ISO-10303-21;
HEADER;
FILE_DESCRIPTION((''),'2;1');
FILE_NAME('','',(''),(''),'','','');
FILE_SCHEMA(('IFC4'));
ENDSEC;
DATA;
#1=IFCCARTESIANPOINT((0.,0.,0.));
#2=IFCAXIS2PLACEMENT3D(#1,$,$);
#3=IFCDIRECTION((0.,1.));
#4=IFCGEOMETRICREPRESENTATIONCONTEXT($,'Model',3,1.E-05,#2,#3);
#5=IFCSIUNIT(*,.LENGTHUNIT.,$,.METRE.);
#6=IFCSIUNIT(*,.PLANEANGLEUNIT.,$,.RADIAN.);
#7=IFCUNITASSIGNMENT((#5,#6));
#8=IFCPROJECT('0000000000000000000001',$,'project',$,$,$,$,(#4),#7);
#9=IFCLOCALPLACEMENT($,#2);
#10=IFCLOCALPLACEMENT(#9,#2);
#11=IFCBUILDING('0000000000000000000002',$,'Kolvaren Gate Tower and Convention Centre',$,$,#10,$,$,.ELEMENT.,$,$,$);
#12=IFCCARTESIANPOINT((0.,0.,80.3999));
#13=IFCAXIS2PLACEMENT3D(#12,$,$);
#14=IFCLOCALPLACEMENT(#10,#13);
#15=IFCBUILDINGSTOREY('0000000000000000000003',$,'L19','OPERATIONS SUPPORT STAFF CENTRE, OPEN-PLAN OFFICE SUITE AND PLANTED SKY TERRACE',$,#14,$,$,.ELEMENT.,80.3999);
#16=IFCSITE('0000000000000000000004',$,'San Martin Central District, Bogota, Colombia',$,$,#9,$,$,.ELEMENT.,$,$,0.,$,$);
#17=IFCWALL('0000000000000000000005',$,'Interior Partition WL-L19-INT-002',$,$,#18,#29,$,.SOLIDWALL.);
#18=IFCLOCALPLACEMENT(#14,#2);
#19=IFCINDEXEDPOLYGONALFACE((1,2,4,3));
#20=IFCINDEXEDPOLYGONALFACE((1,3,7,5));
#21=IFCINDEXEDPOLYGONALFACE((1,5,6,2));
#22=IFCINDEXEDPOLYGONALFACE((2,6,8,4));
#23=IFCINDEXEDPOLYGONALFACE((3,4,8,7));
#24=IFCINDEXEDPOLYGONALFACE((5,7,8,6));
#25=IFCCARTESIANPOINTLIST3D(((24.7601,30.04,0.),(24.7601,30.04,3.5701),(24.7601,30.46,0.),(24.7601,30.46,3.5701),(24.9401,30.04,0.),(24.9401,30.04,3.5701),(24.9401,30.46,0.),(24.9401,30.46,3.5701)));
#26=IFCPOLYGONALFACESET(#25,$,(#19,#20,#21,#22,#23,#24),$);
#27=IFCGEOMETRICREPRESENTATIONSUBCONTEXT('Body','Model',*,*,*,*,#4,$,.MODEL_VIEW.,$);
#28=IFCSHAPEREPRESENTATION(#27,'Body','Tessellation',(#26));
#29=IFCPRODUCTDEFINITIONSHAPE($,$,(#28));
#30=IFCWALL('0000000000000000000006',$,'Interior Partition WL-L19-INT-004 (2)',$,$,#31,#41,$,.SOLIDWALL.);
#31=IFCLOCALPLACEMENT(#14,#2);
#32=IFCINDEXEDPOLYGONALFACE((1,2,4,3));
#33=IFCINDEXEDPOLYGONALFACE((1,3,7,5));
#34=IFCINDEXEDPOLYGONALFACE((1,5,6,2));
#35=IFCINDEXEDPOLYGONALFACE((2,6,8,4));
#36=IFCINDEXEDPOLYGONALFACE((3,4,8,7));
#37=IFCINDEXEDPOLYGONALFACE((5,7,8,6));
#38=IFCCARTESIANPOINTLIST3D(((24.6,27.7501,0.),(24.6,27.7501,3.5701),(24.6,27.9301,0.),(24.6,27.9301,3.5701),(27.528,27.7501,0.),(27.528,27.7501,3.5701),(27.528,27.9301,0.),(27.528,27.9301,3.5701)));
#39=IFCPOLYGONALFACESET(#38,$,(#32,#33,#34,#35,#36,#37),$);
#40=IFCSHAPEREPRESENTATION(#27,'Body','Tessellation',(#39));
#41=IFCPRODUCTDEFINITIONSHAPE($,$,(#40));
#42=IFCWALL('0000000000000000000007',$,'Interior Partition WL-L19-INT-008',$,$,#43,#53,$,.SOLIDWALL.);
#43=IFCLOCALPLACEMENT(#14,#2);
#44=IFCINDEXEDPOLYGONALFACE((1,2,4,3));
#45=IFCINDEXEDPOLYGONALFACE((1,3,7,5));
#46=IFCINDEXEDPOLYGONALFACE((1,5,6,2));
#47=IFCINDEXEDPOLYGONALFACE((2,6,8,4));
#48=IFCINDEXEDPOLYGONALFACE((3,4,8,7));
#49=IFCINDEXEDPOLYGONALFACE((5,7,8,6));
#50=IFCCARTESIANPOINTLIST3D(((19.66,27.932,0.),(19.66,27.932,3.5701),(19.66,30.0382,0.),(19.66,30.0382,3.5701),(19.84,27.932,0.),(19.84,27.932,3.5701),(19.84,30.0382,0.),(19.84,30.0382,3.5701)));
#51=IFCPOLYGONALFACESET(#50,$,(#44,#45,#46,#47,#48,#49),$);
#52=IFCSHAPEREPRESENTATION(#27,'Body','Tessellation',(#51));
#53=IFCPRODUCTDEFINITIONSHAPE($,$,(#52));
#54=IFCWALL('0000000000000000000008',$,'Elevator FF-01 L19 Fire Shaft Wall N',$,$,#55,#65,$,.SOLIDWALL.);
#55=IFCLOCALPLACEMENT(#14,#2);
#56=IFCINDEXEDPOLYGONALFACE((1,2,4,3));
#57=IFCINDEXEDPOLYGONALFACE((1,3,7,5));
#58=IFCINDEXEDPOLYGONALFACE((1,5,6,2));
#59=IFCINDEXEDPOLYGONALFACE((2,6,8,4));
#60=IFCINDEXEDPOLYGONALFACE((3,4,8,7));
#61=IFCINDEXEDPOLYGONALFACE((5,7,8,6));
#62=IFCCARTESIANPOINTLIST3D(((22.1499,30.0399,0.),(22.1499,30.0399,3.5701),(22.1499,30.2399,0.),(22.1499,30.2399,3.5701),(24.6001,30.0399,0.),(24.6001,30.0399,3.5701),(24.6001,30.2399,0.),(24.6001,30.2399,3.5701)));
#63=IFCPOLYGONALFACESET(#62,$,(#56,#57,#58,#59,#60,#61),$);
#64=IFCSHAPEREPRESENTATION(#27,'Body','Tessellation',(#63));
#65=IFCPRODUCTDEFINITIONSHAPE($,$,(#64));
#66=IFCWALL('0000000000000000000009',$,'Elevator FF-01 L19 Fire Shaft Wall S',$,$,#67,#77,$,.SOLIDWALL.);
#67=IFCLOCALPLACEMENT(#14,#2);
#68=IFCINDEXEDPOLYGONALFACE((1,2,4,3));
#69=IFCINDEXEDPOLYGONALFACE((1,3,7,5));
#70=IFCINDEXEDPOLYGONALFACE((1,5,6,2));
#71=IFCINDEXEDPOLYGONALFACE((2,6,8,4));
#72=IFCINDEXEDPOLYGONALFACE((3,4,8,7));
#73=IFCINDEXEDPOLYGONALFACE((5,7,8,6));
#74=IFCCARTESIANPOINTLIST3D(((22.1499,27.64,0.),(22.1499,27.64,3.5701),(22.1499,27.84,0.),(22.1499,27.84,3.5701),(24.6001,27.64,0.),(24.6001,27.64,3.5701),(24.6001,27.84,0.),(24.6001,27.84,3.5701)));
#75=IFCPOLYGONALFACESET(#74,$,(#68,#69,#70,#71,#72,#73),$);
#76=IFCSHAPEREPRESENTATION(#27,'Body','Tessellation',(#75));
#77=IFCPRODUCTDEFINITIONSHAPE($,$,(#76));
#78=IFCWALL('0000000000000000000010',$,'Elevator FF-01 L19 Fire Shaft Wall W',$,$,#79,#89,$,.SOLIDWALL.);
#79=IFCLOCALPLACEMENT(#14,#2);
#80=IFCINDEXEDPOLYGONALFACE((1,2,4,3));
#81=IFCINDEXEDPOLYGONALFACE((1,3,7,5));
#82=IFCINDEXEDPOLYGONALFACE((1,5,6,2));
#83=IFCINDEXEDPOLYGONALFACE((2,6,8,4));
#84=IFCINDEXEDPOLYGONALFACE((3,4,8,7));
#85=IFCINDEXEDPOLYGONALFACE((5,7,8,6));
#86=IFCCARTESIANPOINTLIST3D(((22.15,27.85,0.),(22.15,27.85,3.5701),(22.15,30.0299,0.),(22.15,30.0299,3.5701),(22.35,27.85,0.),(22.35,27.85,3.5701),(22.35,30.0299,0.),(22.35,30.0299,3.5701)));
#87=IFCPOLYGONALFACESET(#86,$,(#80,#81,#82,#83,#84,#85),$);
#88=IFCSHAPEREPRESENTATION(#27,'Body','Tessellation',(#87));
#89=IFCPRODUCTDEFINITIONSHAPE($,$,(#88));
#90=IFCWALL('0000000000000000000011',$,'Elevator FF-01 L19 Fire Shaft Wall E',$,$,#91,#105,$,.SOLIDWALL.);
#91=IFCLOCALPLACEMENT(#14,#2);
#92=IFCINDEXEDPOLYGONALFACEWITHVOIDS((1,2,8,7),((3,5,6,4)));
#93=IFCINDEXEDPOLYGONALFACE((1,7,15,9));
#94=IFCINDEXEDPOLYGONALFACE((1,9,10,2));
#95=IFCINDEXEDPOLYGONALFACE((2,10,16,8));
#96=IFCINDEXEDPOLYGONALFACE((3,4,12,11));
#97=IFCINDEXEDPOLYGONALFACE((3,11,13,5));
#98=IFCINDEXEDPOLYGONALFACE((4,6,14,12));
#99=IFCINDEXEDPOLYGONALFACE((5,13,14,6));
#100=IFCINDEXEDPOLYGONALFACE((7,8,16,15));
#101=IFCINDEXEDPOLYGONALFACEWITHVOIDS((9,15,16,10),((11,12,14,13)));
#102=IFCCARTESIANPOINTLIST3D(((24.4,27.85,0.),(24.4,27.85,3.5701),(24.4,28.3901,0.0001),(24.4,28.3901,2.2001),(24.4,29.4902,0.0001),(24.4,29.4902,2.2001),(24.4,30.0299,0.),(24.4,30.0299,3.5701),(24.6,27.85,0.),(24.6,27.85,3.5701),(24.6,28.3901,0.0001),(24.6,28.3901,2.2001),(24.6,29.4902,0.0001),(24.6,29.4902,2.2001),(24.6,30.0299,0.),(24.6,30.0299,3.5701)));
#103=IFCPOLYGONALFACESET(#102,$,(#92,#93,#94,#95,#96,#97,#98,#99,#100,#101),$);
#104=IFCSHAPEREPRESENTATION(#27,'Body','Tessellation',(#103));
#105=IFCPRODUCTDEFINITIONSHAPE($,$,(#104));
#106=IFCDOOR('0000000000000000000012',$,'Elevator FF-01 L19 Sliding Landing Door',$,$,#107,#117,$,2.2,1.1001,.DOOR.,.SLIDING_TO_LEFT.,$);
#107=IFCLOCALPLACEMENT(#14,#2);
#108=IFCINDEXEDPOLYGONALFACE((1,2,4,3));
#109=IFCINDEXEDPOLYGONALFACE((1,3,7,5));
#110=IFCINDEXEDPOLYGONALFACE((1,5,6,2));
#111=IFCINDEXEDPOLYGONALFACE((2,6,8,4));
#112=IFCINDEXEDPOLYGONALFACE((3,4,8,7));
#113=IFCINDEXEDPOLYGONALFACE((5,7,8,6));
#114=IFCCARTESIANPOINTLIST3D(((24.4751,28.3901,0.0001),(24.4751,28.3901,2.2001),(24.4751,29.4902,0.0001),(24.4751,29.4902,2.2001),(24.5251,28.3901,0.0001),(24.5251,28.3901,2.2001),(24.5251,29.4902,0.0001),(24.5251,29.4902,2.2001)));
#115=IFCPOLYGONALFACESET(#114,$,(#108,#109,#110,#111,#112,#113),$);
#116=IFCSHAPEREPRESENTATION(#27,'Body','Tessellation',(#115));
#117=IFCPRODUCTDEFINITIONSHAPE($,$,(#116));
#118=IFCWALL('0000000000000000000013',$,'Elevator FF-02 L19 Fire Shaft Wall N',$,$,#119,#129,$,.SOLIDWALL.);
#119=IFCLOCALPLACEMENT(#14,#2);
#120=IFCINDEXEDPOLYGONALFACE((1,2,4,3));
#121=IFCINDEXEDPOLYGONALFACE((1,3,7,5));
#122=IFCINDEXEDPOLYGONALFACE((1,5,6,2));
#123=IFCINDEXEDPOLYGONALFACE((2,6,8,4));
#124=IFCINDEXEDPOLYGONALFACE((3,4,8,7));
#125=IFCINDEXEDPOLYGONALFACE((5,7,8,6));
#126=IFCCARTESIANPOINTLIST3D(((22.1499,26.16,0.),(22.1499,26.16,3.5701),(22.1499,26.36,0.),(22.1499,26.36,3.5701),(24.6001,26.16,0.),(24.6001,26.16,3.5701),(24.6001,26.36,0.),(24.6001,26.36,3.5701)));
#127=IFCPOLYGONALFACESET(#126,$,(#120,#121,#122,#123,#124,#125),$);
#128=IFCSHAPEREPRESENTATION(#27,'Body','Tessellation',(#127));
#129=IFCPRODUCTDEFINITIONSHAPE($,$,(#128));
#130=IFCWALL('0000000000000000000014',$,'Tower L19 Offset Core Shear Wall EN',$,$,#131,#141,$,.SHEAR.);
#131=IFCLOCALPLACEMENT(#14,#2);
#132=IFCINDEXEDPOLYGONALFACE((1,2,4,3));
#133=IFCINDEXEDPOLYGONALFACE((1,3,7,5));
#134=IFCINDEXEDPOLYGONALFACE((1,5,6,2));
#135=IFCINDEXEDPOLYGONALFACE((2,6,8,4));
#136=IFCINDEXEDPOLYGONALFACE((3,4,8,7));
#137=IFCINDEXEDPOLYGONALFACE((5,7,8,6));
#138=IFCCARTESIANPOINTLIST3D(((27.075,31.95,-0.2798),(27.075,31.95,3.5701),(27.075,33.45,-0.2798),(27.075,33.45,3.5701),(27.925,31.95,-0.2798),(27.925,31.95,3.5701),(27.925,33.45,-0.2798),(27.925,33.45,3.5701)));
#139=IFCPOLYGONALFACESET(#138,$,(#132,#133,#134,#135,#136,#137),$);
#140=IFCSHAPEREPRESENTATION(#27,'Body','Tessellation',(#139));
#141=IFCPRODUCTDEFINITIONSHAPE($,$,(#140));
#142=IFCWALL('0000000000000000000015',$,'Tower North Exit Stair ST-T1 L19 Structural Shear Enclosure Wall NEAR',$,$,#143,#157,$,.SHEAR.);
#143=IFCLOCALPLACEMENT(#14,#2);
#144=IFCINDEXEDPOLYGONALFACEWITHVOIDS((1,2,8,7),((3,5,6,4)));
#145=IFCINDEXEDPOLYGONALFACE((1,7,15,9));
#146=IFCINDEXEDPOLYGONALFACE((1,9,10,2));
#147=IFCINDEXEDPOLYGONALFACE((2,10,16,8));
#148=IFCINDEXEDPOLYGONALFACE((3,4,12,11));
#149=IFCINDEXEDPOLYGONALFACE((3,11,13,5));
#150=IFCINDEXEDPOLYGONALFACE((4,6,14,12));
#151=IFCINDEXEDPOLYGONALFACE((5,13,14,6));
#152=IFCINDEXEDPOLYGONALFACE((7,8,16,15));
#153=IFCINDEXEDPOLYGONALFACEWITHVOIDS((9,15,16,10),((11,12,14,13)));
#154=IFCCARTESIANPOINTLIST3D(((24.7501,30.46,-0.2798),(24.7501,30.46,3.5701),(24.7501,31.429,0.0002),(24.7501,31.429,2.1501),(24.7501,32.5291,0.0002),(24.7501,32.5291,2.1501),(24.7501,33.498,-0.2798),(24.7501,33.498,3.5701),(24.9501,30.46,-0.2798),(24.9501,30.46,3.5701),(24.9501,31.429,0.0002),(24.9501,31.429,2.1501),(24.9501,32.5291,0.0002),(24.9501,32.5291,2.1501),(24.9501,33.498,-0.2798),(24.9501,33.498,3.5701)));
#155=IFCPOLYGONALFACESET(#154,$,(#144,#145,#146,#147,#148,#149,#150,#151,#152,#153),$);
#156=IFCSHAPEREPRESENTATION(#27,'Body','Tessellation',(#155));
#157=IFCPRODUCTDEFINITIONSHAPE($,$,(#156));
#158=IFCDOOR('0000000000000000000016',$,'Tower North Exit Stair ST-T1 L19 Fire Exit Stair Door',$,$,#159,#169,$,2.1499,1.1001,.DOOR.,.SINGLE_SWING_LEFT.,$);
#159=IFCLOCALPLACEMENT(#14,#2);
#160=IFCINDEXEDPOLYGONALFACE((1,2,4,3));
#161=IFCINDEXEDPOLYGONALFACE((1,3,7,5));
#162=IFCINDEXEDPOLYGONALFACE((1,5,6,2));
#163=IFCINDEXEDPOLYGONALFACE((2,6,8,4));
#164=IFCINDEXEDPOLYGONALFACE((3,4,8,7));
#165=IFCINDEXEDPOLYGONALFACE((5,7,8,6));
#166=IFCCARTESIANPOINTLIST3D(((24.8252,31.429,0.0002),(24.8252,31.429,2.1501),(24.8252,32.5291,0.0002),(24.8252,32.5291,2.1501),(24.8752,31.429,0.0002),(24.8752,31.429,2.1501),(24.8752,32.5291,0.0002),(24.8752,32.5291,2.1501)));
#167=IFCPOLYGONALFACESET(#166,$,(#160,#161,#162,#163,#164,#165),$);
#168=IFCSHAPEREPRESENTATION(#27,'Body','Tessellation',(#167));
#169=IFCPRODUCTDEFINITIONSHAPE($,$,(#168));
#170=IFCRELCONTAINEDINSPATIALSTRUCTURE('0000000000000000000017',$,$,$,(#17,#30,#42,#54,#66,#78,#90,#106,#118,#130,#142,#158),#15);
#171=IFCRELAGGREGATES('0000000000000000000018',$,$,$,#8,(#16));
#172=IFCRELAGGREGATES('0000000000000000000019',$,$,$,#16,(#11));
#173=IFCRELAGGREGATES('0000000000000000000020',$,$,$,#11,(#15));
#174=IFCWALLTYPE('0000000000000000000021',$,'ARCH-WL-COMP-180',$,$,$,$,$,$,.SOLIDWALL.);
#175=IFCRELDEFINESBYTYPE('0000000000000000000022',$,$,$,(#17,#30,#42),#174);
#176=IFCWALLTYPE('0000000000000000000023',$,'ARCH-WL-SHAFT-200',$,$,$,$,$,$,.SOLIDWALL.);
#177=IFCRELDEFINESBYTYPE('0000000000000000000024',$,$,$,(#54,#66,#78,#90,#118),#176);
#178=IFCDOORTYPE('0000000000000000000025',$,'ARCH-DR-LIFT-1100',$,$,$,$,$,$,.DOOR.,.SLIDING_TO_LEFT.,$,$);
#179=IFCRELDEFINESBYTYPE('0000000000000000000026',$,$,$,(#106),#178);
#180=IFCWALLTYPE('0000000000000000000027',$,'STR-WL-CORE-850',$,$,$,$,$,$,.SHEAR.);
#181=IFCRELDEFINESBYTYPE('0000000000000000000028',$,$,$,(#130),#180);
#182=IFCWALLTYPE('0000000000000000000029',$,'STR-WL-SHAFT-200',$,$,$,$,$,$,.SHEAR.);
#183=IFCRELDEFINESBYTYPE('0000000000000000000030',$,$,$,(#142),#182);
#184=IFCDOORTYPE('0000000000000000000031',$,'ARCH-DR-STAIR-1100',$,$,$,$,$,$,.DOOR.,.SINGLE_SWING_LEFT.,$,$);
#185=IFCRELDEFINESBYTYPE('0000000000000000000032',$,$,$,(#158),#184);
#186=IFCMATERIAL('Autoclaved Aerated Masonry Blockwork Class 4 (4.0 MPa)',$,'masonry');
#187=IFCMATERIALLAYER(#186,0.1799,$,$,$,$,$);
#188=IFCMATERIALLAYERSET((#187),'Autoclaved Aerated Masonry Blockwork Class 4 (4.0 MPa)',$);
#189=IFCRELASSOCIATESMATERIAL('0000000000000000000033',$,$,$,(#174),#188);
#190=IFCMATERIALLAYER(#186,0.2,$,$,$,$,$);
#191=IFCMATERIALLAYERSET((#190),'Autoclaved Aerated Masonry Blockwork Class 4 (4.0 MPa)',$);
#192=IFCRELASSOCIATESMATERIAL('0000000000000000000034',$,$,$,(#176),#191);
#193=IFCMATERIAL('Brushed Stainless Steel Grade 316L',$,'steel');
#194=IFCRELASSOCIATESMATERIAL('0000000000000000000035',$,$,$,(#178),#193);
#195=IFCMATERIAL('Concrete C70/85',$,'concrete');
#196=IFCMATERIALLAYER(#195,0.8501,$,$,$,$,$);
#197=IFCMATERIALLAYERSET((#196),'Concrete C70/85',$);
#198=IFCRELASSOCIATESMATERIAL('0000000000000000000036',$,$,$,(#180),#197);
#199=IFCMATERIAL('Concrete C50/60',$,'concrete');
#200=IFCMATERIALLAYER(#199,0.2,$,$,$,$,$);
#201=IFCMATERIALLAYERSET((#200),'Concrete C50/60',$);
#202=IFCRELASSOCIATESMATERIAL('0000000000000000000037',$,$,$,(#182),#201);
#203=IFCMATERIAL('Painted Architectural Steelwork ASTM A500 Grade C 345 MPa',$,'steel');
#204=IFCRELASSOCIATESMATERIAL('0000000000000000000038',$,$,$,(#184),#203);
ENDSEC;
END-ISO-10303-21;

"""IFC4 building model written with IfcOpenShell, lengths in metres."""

from ifc_helpers import new_model, si_unit, direction, frame, frame_2d, origin, place, context, subcontext, project, spatial, rectangle, extrude, material, layer, layer_set, type_object, element, fill, save


model = new_model("IFC4")

# Units and contexts
model_context = context("Model", 3, precision=1e-05, world=origin(), true_north=direction((0.0, 1.0)))
body_context = subcontext(model_context, "Body", "Model", "MODEL_VIEW")
ifc_project = project(units=[si_unit("LENGTHUNIT", "METRE"), si_unit("PLANEANGLEUNIT", "RADIAN")], contexts=[model_context])

# Site, building, storey
site_placement = place(None, origin())
site = spatial("IfcSite", under=ifc_project, at=site_placement, Name="San Martin Central District, Bogota, Colombia", CompositionType="ELEMENT", RefElevation=0.0)
building_placement = place(site_placement, origin())
building = spatial("IfcBuilding", under=site, at=building_placement, Name="Kolvaren Gate Tower and Convention Centre", CompositionType="ELEMENT")
storey_placement = place(building_placement, frame((0.0, 0.0, 80.3999)))
storey = spatial("IfcBuildingStorey", under=building, at=storey_placement, Name="L19", Description="OPERATIONS SUPPORT STAFF CENTRE, OPEN-PLAN OFFICE SUITE AND PLANTED SKY TERRACE", CompositionType="ELEMENT", Elevation=80.3999)

# Walls
ifc_material_1 = material(Name="Autoclaved Aerated Masonry Blockwork Class 4 (4.0 MPa)", Category="masonry")
ifc_layer_1 = layer(ifc_material_1, 0.1799)
ifc_layer_set_1 = layer_set([ifc_layer_1], Name="Autoclaved Aerated Masonry Blockwork Class 4 (4.0 MPa)")
wall_type_1 = type_object("IfcWallType", Name="ARCH-WL-COMP-180", PredefinedType="SOLIDWALL", material=ifc_layer_set_1)
wall_1_placement = place(storey_placement, frame((24.8501, 30.04, 0.0), z_axis=(0.0, 0.0, 1.0), x_axis=(0.0, 1.0, 0.0)))
element("IfcWall", 1, at=wall_1_placement, inside=storey, type_object=wall_type_1, Name="Interior Partition WL-L19-INT-002", PredefinedType="SOLIDWALL", context=body_context, shape_type="SweptSolid", body=[
    extrude(rectangle(XDim=0.4199, YDim=0.1799, at=frame_2d((0.21, 0.0))), origin(), (0.0, 0.0, 1.0), 3.5701),
])
wall_2_placement = place(storey_placement, frame((24.6001, 27.8401, 0.0), z_axis=(0.0, 0.0, 1.0), x_axis=(1.0, 0.0, 0.0)))
element("IfcWall", 2, at=wall_2_placement, inside=storey, type_object=wall_type_1, Name="Interior Partition WL-L19-INT-004 (2)", PredefinedType="SOLIDWALL", context=body_context, shape_type="SweptSolid", body=[
    extrude(rectangle(XDim=2.928, YDim=0.1799, at=frame_2d((1.4639, 0.0))), origin(), (0.0, 0.0, 1.0), 3.5701),
])
wall_3_placement = place(storey_placement, frame((19.75, 27.9319, 0.0), z_axis=(0.0, 0.0, 1.0), x_axis=(0.0, 1.0, 0.0)))
element("IfcWall", 3, at=wall_3_placement, inside=storey, type_object=wall_type_1, Name="Interior Partition WL-L19-INT-008", PredefinedType="SOLIDWALL", context=body_context, shape_type="SweptSolid", body=[
    extrude(rectangle(XDim=2.1062, YDim=0.1799, at=frame_2d((1.0532, 0.0))), origin(), (0.0, 0.0, 1.0), 3.5701),
])
ifc_layer_2 = layer(ifc_material_1, 0.2)
ifc_layer_set_2 = layer_set([ifc_layer_2], Name="Autoclaved Aerated Masonry Blockwork Class 4 (4.0 MPa)")
wall_type_2 = type_object("IfcWallType", Name="ARCH-WL-SHAFT-200", PredefinedType="SOLIDWALL", material=ifc_layer_set_2)
for number, where, z_axis, x_axis, name in (
    (4, (22.1499, 30.1399, 0.0), (0.0, 0.0, 1.0), (1.0, 0.0, 0.0), "Elevator FF-01 L19 Fire Shaft Wall N"),
    (5, (22.1499, 27.74, 0.0), (0.0, 0.0, 1.0), (1.0, 0.0, 0.0), "Elevator FF-01 L19 Fire Shaft Wall S"),
):
    element("IfcWall", number, at=place(storey_placement, frame(where, z_axis=z_axis, x_axis=x_axis)), inside=storey, type_object=wall_type_2, Name=name, PredefinedType="SOLIDWALL", context=body_context, shape_type="SweptSolid", body=[
        extrude(rectangle(XDim=2.4502, YDim=0.2, at=frame_2d((1.2251, 0.0))), origin(), (0.0, 0.0, 1.0), 3.5701),
    ])
wall_4_placement = place(storey_placement, frame((22.25, 27.8501, 0.0), z_axis=(0.0, 0.0, 1.0), x_axis=(0.0, 1.0, 0.0)))
element("IfcWall", 6, at=wall_4_placement, inside=storey, type_object=wall_type_2, Name="Elevator FF-01 L19 Fire Shaft Wall W", PredefinedType="SOLIDWALL", context=body_context, shape_type="SweptSolid", body=[
    extrude(rectangle(XDim=2.1799, YDim=0.2, at=frame_2d((1.0898, 0.0))), origin(), (0.0, 0.0, 1.0), 3.5701),
])

# Wall, opening, door
wall_5_placement = place(storey_placement, frame((24.5, 27.8501, 0.0), z_axis=(0.0, 0.0, 1.0), x_axis=(0.0, 1.0, 0.0)))
wall_5 = element("IfcWall", 7, at=wall_5_placement, inside=storey, type_object=wall_type_2, Name="Elevator FF-01 L19 Fire Shaft Wall E", PredefinedType="SOLIDWALL", context=body_context, shape_type="SweptSolid", body=[
    extrude(rectangle(XDim=2.1799, YDim=0.2, at=frame_2d((1.0898, 0.0))), origin(), (0.0, 0.0, 1.0), 3.5701),
])
opening_1_placement = place(wall_5_placement, frame((0.54, 0.0, 0.0)))
opening_1 = element("IfcOpeningElement", 8, at=opening_1_placement, cuts=wall_5, PredefinedType="OPENING", context=body_context, shape_type="SweptSolid", body=[
    extrude(rectangle(XDim=1.1001, YDim=2.2, at=frame_2d((0.55, 1.1001))), frame((0.0, 0.1099, 0.0), z_axis=(0.0, -1.0, 0.0), x_axis=(1.0, 0.0, 0.0)), (0.0, 0.0, 1.0), 0.22),
])
ifc_material_2 = material(Name="Brushed Stainless Steel Grade 316L", Category="steel")
door_type_1 = type_object("IfcDoorType", Name="ARCH-DR-LIFT-1100", OperationType="SLIDING_TO_LEFT", PredefinedType="DOOR", material=ifc_material_2)
door_1_placement = place(opening_1_placement, origin())
door_1 = element("IfcDoor", 9, at=door_1_placement, inside=storey, type_object=door_type_1, Name="Elevator FF-01 L19 Sliding Landing Door", OperationType="SLIDING_TO_LEFT", OverallHeight=2.2, OverallWidth=1.1001, PredefinedType="DOOR", context=body_context, shape_type="SweptSolid", body=[
    extrude(rectangle(XDim=1.1001, YDim=2.2, at=frame_2d((0.55, 1.1001))), frame((0.0, 0.0249, 0.0), z_axis=(0.0, -1.0, 0.0), x_axis=(1.0, 0.0, 0.0)), (0.0, 0.0, 1.0), 0.05),
])
fill(opening_1, door_1)

# Walls
wall_6_placement = place(storey_placement, frame((22.1499, 26.26, 0.0), z_axis=(0.0, 0.0, 1.0), x_axis=(1.0, 0.0, 0.0)))
element("IfcWall", 10, at=wall_6_placement, inside=storey, type_object=wall_type_2, Name="Elevator FF-02 L19 Fire Shaft Wall N", PredefinedType="SOLIDWALL", context=body_context, shape_type="SweptSolid", body=[
    extrude(rectangle(XDim=2.4502, YDim=0.2, at=frame_2d((1.2251, 0.0))), origin(), (0.0, 0.0, 1.0), 3.5701),
])
ifc_material_3 = material(Name="Concrete C70/85", Category="concrete")
ifc_layer_3 = layer(ifc_material_3, 0.8501)
ifc_layer_set_3 = layer_set([ifc_layer_3], Name="Concrete C70/85")
wall_type_3 = type_object("IfcWallType", Name="STR-WL-CORE-850", PredefinedType="SHEAR", material=ifc_layer_set_3)
wall_7_placement = place(storey_placement, frame((27.5, 31.95, -0.2798), z_axis=(0.0, 0.0, 1.0), x_axis=(0.0, 1.0, 0.0)))
element("IfcWall", 11, at=wall_7_placement, inside=storey, type_object=wall_type_3, Name="Tower L19 Offset Core Shear Wall EN", PredefinedType="SHEAR", context=body_context, shape_type="SweptSolid", body=[
    extrude(rectangle(XDim=1.5, YDim=0.8501, at=frame_2d((0.75, 0.0))), origin(), (0.0, 0.0, 1.0), 3.8499),
])

# Wall, opening, door
ifc_material_4 = material(Name="Concrete C50/60", Category="concrete")
ifc_layer_4 = layer(ifc_material_4, 0.2)
ifc_layer_set_4 = layer_set([ifc_layer_4], Name="Concrete C50/60")
wall_type_4 = type_object("IfcWallType", Name="STR-WL-SHAFT-200", PredefinedType="SHEAR", material=ifc_layer_set_4)
wall_8_placement = place(storey_placement, frame((24.8501, 30.46, -0.2798), z_axis=(0.0, 0.0, 1.0), x_axis=(0.0, 1.0, 0.0)))
wall_8 = element("IfcWall", 12, at=wall_8_placement, inside=storey, type_object=wall_type_4, Name="Tower North Exit Stair ST-T1 L19 Structural Shear Enclosure Wall NEAR", PredefinedType="SHEAR", context=body_context, shape_type="SweptSolid", body=[
    extrude(rectangle(XDim=3.0381, YDim=0.2, at=frame_2d((1.519, 0.0))), origin(), (0.0, 0.0, 1.0), 3.8499),
])
opening_2_placement = place(wall_8_placement, frame((0.969, 0.0, 0.28)))
opening_2 = element("IfcOpeningElement", 13, at=opening_2_placement, cuts=wall_8, PredefinedType="OPENING", context=body_context, shape_type="SweptSolid", body=[
    extrude(rectangle(XDim=1.1001, YDim=2.1499, at=frame_2d((0.55, 1.075))), frame((0.0, 0.1099, 0.0), z_axis=(0.0, -1.0, 0.0), x_axis=(1.0, 0.0, 0.0)), (0.0, 0.0, 1.0), 0.22),
])
ifc_material_5 = material(Name="Painted Architectural Steelwork ASTM A500 Grade C 345 MPa", Category="steel")
door_type_2 = type_object("IfcDoorType", Name="ARCH-DR-STAIR-1100", OperationType="SINGLE_SWING_LEFT", PredefinedType="DOOR", material=ifc_material_5)
door_2_placement = place(opening_2_placement, origin())
door_2 = element("IfcDoor", 14, at=door_2_placement, inside=storey, type_object=door_type_2, Name="Tower North Exit Stair ST-T1 L19 Fire Exit Stair Door", OperationType="SINGLE_SWING_LEFT", OverallHeight=2.1499, OverallWidth=1.1001, PredefinedType="DOOR", context=body_context, shape_type="SweptSolid", body=[
    extrude(rectangle(XDim=1.1001, YDim=2.1499, at=frame_2d((0.55, 1.075))), frame((0.0, 0.0249, 0.0), z_axis=(0.0, -1.0, 0.0), x_axis=(1.0, 0.0, 0.0)), (0.0, 0.0, 1.0), 0.05),
])
fill(opening_2, door_2)

save(model, "model.ifc")
